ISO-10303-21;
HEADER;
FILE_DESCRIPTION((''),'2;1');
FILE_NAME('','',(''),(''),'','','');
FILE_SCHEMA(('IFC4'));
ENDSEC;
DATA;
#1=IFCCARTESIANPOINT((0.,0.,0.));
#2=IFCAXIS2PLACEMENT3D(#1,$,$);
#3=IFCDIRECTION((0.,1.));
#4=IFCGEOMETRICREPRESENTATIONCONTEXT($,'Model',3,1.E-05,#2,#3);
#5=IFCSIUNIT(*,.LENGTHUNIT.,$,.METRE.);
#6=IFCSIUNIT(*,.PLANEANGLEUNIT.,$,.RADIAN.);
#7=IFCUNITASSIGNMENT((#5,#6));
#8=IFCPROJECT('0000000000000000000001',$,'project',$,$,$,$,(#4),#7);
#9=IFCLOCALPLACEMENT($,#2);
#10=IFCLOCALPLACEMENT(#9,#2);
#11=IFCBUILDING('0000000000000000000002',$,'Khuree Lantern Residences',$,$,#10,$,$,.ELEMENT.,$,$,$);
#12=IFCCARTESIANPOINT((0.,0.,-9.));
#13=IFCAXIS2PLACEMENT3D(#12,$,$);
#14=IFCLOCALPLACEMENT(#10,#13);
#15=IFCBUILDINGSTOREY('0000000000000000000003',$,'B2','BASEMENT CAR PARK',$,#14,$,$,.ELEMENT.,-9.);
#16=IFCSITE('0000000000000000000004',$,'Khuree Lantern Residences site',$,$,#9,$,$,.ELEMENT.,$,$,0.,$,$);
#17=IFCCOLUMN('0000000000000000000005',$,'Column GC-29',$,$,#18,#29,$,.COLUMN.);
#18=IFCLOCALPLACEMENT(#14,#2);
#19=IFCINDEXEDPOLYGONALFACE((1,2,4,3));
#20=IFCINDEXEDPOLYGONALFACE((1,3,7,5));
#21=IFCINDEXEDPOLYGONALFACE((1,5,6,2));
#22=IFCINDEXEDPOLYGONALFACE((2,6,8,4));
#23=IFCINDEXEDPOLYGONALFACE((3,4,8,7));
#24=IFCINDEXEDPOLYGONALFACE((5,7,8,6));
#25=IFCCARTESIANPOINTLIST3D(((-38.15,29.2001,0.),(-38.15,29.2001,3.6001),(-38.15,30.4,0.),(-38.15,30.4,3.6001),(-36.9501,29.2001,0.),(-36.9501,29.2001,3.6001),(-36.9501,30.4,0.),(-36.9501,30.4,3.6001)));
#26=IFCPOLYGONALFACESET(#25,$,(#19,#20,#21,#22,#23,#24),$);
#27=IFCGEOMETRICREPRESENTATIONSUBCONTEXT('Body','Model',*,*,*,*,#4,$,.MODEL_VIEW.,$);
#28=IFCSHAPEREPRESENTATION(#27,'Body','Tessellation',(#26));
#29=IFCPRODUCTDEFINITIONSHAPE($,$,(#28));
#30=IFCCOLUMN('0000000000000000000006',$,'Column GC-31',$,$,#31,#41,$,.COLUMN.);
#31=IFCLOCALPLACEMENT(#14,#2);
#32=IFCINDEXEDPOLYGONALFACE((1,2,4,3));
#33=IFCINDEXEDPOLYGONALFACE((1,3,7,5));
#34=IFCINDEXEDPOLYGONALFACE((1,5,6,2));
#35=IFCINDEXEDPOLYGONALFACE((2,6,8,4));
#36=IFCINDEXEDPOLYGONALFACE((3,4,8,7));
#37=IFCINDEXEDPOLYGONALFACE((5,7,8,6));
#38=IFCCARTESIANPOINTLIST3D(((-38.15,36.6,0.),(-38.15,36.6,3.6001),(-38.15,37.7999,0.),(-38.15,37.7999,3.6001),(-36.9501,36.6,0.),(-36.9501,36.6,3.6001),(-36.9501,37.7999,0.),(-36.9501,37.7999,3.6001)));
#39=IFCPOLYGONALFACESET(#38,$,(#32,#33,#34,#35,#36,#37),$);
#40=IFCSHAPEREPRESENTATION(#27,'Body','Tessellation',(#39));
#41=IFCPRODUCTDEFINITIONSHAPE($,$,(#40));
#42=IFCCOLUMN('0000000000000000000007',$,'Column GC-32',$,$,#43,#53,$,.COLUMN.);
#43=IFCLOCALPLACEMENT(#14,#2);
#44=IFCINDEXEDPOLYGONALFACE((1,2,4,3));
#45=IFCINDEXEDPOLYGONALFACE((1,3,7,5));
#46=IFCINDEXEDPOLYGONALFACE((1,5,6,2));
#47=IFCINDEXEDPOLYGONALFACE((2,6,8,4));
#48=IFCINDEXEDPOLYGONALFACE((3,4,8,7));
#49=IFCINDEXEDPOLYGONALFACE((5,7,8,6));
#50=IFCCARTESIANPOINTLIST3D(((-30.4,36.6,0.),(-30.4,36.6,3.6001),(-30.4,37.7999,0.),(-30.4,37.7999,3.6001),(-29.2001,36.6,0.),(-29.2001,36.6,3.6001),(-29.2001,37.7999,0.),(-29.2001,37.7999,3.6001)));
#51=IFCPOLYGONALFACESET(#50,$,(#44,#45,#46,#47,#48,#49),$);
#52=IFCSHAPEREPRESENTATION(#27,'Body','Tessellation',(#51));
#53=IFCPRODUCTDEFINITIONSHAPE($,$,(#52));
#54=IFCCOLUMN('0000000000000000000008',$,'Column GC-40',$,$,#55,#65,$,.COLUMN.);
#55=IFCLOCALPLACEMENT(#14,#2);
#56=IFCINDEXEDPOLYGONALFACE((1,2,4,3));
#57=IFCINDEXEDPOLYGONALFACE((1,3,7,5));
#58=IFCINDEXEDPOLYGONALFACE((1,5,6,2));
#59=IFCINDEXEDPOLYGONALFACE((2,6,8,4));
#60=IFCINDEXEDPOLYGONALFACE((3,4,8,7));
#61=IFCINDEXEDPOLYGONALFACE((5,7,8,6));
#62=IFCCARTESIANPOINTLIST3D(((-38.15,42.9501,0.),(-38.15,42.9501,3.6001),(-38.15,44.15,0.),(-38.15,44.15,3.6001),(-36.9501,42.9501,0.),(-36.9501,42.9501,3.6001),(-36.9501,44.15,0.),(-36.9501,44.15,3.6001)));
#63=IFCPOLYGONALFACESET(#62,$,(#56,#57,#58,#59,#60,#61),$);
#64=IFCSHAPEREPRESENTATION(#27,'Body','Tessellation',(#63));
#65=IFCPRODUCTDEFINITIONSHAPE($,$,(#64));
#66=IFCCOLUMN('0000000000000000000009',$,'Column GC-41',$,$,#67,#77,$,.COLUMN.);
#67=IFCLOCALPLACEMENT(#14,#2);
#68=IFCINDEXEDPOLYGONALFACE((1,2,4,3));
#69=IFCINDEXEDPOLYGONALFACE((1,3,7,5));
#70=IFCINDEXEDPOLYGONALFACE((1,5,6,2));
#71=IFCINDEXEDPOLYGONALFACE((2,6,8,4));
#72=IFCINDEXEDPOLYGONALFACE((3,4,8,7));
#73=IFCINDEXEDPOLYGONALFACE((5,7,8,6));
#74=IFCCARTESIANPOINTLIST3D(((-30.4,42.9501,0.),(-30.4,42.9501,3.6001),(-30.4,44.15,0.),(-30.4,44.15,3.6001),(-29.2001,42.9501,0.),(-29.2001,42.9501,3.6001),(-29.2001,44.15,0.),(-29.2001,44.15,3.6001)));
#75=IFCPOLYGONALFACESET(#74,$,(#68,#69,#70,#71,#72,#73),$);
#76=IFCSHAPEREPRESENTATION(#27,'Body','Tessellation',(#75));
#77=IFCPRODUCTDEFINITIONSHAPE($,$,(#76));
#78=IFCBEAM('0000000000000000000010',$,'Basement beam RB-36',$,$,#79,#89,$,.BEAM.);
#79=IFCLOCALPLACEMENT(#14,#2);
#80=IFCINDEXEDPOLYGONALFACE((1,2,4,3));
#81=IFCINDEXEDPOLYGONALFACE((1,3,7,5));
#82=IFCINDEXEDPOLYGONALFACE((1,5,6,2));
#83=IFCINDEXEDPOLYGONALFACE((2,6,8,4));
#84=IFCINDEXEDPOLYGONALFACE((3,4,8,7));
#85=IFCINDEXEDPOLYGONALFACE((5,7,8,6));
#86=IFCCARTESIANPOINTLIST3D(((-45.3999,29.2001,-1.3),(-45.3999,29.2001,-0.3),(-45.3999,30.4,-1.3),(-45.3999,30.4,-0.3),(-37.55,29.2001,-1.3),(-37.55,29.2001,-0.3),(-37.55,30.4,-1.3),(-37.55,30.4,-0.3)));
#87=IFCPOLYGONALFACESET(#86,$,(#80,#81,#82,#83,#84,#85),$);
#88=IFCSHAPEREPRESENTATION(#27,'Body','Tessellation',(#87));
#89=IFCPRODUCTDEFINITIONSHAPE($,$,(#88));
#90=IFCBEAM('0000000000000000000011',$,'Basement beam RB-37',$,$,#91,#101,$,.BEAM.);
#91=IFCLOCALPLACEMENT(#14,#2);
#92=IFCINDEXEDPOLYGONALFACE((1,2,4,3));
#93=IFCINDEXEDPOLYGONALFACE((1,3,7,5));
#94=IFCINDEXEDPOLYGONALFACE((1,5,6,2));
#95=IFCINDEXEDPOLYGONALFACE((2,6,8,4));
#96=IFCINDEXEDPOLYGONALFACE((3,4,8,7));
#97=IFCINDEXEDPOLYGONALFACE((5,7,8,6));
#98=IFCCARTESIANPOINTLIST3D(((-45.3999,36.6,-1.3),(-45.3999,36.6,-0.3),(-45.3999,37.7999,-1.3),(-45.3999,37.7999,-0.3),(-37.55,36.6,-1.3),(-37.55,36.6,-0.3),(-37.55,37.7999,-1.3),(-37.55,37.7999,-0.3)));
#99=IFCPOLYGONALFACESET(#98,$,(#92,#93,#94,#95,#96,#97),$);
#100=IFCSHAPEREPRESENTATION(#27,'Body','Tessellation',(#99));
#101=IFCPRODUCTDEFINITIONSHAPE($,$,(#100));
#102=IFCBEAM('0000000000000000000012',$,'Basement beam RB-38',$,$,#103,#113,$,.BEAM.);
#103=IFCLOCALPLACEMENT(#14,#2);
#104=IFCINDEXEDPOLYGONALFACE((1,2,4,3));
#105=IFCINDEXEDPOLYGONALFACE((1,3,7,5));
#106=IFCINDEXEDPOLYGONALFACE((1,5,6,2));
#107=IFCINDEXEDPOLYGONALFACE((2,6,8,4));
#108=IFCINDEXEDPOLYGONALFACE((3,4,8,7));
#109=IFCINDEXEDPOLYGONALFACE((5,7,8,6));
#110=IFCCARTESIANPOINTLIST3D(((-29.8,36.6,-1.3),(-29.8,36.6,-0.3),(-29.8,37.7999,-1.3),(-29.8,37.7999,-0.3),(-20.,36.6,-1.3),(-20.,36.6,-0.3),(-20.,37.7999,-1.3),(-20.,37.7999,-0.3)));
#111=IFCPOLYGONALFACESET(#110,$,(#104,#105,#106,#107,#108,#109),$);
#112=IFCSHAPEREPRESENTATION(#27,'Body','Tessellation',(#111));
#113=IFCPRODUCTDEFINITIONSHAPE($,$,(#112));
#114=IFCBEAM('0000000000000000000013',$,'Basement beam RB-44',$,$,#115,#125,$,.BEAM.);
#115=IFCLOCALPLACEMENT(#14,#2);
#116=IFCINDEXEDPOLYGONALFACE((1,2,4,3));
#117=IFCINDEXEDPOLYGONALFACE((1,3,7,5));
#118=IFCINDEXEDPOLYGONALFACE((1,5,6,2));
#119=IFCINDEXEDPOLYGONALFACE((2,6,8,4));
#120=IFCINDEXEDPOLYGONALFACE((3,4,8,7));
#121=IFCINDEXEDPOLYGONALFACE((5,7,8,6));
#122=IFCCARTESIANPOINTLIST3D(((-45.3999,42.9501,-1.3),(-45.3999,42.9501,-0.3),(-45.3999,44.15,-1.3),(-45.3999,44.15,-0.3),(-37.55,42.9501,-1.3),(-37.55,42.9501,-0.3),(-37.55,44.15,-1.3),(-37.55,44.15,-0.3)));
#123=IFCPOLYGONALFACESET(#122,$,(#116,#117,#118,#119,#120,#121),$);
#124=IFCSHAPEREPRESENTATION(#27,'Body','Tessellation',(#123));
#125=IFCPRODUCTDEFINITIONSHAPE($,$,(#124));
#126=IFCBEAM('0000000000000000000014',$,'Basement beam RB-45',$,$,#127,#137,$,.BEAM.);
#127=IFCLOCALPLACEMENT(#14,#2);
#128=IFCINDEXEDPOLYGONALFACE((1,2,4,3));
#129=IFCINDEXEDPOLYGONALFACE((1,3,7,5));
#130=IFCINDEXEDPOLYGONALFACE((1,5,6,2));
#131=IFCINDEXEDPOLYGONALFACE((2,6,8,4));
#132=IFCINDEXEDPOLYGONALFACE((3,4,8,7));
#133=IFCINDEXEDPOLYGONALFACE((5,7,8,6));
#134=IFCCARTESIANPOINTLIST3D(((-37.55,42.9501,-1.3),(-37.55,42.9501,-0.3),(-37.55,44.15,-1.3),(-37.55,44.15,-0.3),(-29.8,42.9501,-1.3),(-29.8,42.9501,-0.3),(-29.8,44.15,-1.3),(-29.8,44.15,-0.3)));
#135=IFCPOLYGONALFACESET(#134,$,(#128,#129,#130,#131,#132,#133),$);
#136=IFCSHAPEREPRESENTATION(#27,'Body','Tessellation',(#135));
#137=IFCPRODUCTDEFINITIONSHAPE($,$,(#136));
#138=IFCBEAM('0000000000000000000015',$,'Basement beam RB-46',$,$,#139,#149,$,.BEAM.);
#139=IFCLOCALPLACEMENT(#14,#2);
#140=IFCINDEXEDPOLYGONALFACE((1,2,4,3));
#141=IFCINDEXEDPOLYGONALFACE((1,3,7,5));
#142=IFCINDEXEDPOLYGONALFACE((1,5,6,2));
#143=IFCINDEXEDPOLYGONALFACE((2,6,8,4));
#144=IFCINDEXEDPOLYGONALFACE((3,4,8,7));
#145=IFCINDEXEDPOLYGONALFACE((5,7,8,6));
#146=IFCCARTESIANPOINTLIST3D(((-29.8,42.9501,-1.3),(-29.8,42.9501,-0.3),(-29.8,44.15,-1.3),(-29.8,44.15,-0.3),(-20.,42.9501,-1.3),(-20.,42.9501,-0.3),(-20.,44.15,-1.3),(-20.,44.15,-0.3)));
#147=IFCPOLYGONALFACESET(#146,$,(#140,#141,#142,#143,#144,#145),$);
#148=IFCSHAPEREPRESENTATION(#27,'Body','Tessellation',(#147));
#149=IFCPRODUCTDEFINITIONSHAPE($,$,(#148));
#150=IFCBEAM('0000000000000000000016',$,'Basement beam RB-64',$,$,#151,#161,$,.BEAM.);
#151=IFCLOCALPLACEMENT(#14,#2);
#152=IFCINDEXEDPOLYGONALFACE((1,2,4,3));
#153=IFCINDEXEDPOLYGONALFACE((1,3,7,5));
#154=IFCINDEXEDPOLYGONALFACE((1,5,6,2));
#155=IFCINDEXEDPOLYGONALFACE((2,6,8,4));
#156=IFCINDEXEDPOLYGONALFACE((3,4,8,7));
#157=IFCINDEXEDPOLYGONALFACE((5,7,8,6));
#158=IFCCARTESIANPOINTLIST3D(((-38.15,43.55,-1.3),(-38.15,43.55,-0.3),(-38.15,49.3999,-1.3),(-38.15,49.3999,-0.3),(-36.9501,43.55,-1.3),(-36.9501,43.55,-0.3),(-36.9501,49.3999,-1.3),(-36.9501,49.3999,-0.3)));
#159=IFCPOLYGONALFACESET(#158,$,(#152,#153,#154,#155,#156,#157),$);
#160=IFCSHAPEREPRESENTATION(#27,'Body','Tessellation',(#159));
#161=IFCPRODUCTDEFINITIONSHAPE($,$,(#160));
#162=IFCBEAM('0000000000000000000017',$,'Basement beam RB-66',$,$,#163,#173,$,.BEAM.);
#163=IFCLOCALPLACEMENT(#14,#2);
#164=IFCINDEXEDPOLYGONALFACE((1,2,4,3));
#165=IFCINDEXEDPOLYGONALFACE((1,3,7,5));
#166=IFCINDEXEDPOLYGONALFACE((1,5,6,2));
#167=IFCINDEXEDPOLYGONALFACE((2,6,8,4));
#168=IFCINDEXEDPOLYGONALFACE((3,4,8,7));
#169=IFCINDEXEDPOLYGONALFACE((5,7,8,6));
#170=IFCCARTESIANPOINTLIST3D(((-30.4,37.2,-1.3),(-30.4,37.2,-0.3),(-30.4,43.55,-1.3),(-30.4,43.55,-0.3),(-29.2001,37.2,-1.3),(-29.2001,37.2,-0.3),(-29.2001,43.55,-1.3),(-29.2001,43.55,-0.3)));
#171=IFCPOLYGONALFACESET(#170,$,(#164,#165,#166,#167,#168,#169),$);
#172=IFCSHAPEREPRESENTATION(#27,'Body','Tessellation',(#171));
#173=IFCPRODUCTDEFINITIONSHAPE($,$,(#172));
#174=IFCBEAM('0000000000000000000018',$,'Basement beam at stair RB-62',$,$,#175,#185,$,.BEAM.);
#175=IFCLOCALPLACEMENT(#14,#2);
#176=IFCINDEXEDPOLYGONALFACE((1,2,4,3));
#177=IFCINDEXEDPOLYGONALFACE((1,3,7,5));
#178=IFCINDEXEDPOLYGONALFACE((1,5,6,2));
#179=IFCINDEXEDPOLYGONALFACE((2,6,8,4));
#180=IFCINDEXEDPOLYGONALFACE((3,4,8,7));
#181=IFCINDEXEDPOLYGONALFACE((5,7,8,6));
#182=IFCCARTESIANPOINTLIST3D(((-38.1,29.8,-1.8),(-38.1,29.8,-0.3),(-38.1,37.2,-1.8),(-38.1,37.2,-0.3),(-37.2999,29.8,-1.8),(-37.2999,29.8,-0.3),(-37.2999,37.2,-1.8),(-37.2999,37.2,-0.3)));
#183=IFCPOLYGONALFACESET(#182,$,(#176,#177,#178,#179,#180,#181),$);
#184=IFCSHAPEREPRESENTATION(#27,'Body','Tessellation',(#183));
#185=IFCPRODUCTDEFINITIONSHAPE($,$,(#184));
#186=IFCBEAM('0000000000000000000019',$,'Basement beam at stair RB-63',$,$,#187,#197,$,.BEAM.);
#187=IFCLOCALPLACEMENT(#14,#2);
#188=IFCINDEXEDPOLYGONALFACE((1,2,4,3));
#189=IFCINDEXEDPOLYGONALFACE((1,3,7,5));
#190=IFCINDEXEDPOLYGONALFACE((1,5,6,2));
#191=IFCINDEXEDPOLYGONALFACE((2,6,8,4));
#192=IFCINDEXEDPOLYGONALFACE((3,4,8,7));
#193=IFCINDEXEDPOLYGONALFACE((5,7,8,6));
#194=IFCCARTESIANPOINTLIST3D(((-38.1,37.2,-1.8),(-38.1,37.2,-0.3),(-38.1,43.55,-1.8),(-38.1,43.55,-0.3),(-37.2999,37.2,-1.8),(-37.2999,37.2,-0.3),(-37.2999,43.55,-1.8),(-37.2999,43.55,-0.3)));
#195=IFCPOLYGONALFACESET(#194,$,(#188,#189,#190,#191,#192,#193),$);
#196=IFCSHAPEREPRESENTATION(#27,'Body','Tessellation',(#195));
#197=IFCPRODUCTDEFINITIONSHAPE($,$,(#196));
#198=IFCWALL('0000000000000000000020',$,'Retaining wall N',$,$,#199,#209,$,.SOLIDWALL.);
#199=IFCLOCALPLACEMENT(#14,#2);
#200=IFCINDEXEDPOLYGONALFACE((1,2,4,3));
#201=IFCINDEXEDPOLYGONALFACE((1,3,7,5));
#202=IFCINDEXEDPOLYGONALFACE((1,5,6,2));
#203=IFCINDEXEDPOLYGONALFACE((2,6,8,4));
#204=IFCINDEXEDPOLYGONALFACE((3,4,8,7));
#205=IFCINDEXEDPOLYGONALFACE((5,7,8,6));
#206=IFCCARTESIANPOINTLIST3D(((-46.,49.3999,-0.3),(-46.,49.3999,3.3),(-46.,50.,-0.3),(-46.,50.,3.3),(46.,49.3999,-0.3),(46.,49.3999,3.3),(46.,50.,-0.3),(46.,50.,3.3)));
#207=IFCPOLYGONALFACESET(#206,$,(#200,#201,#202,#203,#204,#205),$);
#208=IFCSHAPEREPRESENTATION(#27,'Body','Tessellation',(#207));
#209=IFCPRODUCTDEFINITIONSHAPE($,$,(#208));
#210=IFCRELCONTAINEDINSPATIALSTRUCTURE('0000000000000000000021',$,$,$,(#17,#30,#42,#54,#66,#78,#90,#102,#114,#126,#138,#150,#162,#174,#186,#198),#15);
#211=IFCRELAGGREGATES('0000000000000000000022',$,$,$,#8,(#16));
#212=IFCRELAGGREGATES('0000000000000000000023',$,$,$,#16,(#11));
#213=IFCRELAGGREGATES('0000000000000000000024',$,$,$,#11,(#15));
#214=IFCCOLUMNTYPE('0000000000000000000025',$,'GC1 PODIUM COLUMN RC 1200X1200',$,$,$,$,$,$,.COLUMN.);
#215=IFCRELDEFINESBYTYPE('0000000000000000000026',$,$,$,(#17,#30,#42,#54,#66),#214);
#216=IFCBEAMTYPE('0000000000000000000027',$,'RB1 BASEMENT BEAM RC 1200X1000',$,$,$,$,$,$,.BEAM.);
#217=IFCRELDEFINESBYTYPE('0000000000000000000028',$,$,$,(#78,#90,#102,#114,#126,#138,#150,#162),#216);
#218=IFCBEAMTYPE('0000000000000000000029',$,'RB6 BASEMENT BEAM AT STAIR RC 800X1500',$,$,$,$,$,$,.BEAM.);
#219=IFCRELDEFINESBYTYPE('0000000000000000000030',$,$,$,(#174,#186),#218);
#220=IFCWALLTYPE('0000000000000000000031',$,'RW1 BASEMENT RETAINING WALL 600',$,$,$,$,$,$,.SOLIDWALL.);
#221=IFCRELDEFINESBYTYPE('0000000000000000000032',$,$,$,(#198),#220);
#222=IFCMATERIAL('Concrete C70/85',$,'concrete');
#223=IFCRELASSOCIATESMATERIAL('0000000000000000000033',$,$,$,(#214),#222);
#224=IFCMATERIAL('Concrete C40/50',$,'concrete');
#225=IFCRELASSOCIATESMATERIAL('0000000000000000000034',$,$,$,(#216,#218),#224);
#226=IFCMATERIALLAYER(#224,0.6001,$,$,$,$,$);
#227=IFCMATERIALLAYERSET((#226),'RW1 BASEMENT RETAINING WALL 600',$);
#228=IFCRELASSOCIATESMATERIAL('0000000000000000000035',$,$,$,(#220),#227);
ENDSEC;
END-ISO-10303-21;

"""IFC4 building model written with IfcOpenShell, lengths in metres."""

from ifc_helpers import new_model, si_unit, direction, frame, frame_2d, origin, origin_2d, place, context, subcontext, project, spatial, rectangle, extrude, material, layer, layer_set, material_profile, profile_set, type_object, element, save


model = new_model("IFC4")

# Units and contexts
model_context = context("Model", 3, precision=1e-05, world=origin(), true_north=direction((0.0, 1.0)))
body_context = subcontext(model_context, "Body", "Model", "MODEL_VIEW")
ifc_project = project(units=[si_unit("LENGTHUNIT", "METRE"), si_unit("PLANEANGLEUNIT", "RADIAN")], contexts=[model_context])

# Site, building, storey
site_placement = place(None, origin())
site = spatial("IfcSite", under=ifc_project, at=site_placement, Name="Khuree Lantern Residences site", CompositionType="ELEMENT", RefElevation=0.0)
building_placement = place(site_placement, origin())
building = spatial("IfcBuilding", under=site, at=building_placement, Name="Khuree Lantern Residences", CompositionType="ELEMENT")
storey_placement = place(building_placement, frame((0.0, 0.0, -9.0)))
storey = spatial("IfcBuildingStorey", under=building, at=storey_placement, Name="B2", Description="BASEMENT CAR PARK", CompositionType="ELEMENT", Elevation=-9.0)

# Columns
ifc_material_1 = material(Name="Concrete C70/85", Category="concrete")
ifc_material_profile_1 = material_profile(ifc_material_1, rectangle(XDim=1.2, YDim=1.2, at=origin_2d()), Name="RC 1200X1200")
ifc_profile_set_1 = profile_set([ifc_material_profile_1], Name="Concrete C70/85")
column_type = type_object("IfcColumnType", Name="GC1 PODIUM COLUMN RC 1200X1200", PredefinedType="COLUMN", material=ifc_profile_set_1)
for number, where, z_axis, x_axis, name in (
    (1, (-37.55, 29.8, 0.0), (0.0, 0.0, 1.0), (1.0, 0.0, 0.0), "Column GC-29"),
    (2, (-37.55, 37.2, 0.0), (0.0, 0.0, 1.0), (1.0, 0.0, 0.0), "Column GC-31"),
    (3, (-29.8, 37.2, 0.0), (0.0, 0.0, 1.0), (1.0, 0.0, 0.0), "Column GC-32"),
    (4, (-37.55, 43.55, 0.0), (0.0, 0.0, 1.0), (1.0, 0.0, 0.0), "Column GC-40"),
    (5, (-29.8, 43.55, 0.0), (0.0, 0.0, 1.0), (1.0, 0.0, 0.0), "Column GC-41"),
):
    element("IfcColumn", number, at=place(storey_placement, frame(where, z_axis=z_axis, x_axis=x_axis)), inside=storey, type_object=column_type, Name=name, PredefinedType="COLUMN", context=body_context, shape_type="SweptSolid", body=[
        extrude(rectangle(XDim=1.2, YDim=1.2, at=origin_2d()), origin(), (0.0, 0.0, 1.0), 3.6001),
    ])

# Beams
ifc_material_2 = material(Name="Concrete C40/50", Category="concrete")
ifc_material_profile_2 = material_profile(ifc_material_2, rectangle(XDim=1.2, YDim=1.0, at=origin_2d()), Name="RC 1200X1000")
ifc_profile_set_2 = profile_set([ifc_material_profile_2], Name="Concrete C40/50")
beam_type_1 = type_object("IfcBeamType", Name="RB1 BASEMENT BEAM RC 1200X1000", PredefinedType="BEAM", material=ifc_profile_set_2)
for number, where, z_axis, x_axis, name in (
    (6, (-45.3999, 29.8, -0.8), (1.0, 0.0, 0.0), (0.0, 1.0, 0.0), "Basement beam RB-36"),
    (7, (-45.3999, 37.2, -0.8), (1.0, 0.0, 0.0), (0.0, 1.0, 0.0), "Basement beam RB-37"),
):
    element("IfcBeam", number, at=place(storey_placement, frame(where, z_axis=z_axis, x_axis=x_axis)), inside=storey, type_object=beam_type_1, Name=name, PredefinedType="BEAM", context=body_context, shape_type="SweptSolid", body=[
        extrude(rectangle(XDim=1.2, YDim=1.0, at=origin_2d()), origin(), (0.0, 0.0, 1.0), 7.8499),
    ])
beam_1_placement = place(storey_placement, frame((-29.8, 37.2, -0.8), z_axis=(1.0, 0.0, 0.0), x_axis=(0.0, 1.0, 0.0)))
element("IfcBeam", 8, at=beam_1_placement, inside=storey, type_object=beam_type_1, Name="Basement beam RB-38", PredefinedType="BEAM", context=body_context, shape_type="SweptSolid", body=[
    extrude(rectangle(XDim=1.2, YDim=1.0, at=origin_2d()), origin(), (0.0, 0.0, 1.0), 9.8),
])
beam_2_placement = place(storey_placement, frame((-45.3999, 43.55, -0.8), z_axis=(1.0, 0.0, 0.0), x_axis=(0.0, 1.0, 0.0)))
element("IfcBeam", 9, at=beam_2_placement, inside=storey, type_object=beam_type_1, Name="Basement beam RB-44", PredefinedType="BEAM", context=body_context, shape_type="SweptSolid", body=[
    extrude(rectangle(XDim=1.2, YDim=1.0, at=origin_2d()), origin(), (0.0, 0.0, 1.0), 7.8499),
])
beam_3_placement = place(storey_placement, frame((-37.55, 43.55, -0.8), z_axis=(1.0, 0.0, 0.0), x_axis=(0.0, 1.0, 0.0)))
element("IfcBeam", 10, at=beam_3_placement, inside=storey, type_object=beam_type_1, Name="Basement beam RB-45", PredefinedType="BEAM", context=body_context, shape_type="SweptSolid", body=[
    extrude(rectangle(XDim=1.2, YDim=1.0, at=origin_2d()), origin(), (0.0, 0.0, 1.0), 7.75),
])
beam_4_placement = place(storey_placement, frame((-29.8, 43.55, -0.8), z_axis=(1.0, 0.0, 0.0), x_axis=(0.0, 1.0, 0.0)))
element("IfcBeam", 11, at=beam_4_placement, inside=storey, type_object=beam_type_1, Name="Basement beam RB-46", PredefinedType="BEAM", context=body_context, shape_type="SweptSolid", body=[
    extrude(rectangle(XDim=1.2, YDim=1.0, at=origin_2d()), origin(), (0.0, 0.0, 1.0), 9.8),
])
beam_5_placement = place(storey_placement, frame((-37.55, 43.55, -0.8), z_axis=(0.0, 1.0, 0.0), x_axis=(-1.0, 0.0, 0.0)))
element("IfcBeam", 12, at=beam_5_placement, inside=storey, type_object=beam_type_1, Name="Basement beam RB-64", PredefinedType="BEAM", context=body_context, shape_type="SweptSolid", body=[
    extrude(rectangle(XDim=1.2, YDim=1.0, at=origin_2d()), origin(), (0.0, 0.0, 1.0), 5.8499),
])
beam_6_placement = place(storey_placement, frame((-29.8, 37.2, -0.8), z_axis=(0.0, 1.0, 0.0), x_axis=(-1.0, 0.0, 0.0)))
element("IfcBeam", 13, at=beam_6_placement, inside=storey, type_object=beam_type_1, Name="Basement beam RB-66", PredefinedType="BEAM", context=body_context, shape_type="SweptSolid", body=[
    extrude(rectangle(XDim=1.2, YDim=1.0, at=origin_2d()), origin(), (0.0, 0.0, 1.0), 6.3501),
])
ifc_material_profile_3 = material_profile(ifc_material_2, rectangle(XDim=0.8, YDim=1.5, at=origin_2d()), Name="RC 800X1500")
ifc_profile_set_3 = profile_set([ifc_material_profile_3], Name="Concrete C40/50")
beam_type_2 = type_object("IfcBeamType", Name="RB6 BASEMENT BEAM AT STAIR RC 800X1500", PredefinedType="BEAM", material=ifc_profile_set_3)
beam_7_placement = place(storey_placement, frame((-37.7, 29.8, -1.05), z_axis=(0.0, 1.0, 0.0), x_axis=(-1.0, 0.0, 0.0)))
element("IfcBeam", 14, at=beam_7_placement, inside=storey, type_object=beam_type_2, Name="Basement beam at stair RB-62", PredefinedType="BEAM", context=body_context, shape_type="SweptSolid", body=[
    extrude(rectangle(XDim=0.8, YDim=1.5, at=origin_2d()), origin(), (0.0, 0.0, 1.0), 7.3999),
])
beam_8_placement = place(storey_placement, frame((-37.7, 37.2, -1.05), z_axis=(0.0, 1.0, 0.0), x_axis=(-1.0, 0.0, 0.0)))
element("IfcBeam", 15, at=beam_8_placement, inside=storey, type_object=beam_type_2, Name="Basement beam at stair RB-63", PredefinedType="BEAM", context=body_context, shape_type="SweptSolid", body=[
    extrude(rectangle(XDim=0.8, YDim=1.5, at=origin_2d()), origin(), (0.0, 0.0, 1.0), 6.3501),
])

# Wall
ifc_layer_1 = layer(ifc_material_2, 0.6001)
ifc_layer_set_1 = layer_set([ifc_layer_1], Name="RW1 BASEMENT RETAINING WALL 600")
wall_type_1 = type_object("IfcWallType", Name="RW1 BASEMENT RETAINING WALL 600", PredefinedType="SOLIDWALL", material=ifc_layer_set_1)
wall_1_placement = place(storey_placement, frame((-46.0, 49.7, -0.3), z_axis=(0.0, 0.0, 1.0), x_axis=(1.0, 0.0, 0.0)))
element("IfcWall", 16, at=wall_1_placement, inside=storey, type_object=wall_type_1, Name="Retaining wall N", PredefinedType="SOLIDWALL", context=body_context, shape_type="SweptSolid", body=[
    extrude(rectangle(XDim=92.0, YDim=0.6001, at=frame_2d((46.0, 0.0))), origin(), (0.0, 0.0, 1.0), 3.6001),
])

save(model, "model.ifc")
